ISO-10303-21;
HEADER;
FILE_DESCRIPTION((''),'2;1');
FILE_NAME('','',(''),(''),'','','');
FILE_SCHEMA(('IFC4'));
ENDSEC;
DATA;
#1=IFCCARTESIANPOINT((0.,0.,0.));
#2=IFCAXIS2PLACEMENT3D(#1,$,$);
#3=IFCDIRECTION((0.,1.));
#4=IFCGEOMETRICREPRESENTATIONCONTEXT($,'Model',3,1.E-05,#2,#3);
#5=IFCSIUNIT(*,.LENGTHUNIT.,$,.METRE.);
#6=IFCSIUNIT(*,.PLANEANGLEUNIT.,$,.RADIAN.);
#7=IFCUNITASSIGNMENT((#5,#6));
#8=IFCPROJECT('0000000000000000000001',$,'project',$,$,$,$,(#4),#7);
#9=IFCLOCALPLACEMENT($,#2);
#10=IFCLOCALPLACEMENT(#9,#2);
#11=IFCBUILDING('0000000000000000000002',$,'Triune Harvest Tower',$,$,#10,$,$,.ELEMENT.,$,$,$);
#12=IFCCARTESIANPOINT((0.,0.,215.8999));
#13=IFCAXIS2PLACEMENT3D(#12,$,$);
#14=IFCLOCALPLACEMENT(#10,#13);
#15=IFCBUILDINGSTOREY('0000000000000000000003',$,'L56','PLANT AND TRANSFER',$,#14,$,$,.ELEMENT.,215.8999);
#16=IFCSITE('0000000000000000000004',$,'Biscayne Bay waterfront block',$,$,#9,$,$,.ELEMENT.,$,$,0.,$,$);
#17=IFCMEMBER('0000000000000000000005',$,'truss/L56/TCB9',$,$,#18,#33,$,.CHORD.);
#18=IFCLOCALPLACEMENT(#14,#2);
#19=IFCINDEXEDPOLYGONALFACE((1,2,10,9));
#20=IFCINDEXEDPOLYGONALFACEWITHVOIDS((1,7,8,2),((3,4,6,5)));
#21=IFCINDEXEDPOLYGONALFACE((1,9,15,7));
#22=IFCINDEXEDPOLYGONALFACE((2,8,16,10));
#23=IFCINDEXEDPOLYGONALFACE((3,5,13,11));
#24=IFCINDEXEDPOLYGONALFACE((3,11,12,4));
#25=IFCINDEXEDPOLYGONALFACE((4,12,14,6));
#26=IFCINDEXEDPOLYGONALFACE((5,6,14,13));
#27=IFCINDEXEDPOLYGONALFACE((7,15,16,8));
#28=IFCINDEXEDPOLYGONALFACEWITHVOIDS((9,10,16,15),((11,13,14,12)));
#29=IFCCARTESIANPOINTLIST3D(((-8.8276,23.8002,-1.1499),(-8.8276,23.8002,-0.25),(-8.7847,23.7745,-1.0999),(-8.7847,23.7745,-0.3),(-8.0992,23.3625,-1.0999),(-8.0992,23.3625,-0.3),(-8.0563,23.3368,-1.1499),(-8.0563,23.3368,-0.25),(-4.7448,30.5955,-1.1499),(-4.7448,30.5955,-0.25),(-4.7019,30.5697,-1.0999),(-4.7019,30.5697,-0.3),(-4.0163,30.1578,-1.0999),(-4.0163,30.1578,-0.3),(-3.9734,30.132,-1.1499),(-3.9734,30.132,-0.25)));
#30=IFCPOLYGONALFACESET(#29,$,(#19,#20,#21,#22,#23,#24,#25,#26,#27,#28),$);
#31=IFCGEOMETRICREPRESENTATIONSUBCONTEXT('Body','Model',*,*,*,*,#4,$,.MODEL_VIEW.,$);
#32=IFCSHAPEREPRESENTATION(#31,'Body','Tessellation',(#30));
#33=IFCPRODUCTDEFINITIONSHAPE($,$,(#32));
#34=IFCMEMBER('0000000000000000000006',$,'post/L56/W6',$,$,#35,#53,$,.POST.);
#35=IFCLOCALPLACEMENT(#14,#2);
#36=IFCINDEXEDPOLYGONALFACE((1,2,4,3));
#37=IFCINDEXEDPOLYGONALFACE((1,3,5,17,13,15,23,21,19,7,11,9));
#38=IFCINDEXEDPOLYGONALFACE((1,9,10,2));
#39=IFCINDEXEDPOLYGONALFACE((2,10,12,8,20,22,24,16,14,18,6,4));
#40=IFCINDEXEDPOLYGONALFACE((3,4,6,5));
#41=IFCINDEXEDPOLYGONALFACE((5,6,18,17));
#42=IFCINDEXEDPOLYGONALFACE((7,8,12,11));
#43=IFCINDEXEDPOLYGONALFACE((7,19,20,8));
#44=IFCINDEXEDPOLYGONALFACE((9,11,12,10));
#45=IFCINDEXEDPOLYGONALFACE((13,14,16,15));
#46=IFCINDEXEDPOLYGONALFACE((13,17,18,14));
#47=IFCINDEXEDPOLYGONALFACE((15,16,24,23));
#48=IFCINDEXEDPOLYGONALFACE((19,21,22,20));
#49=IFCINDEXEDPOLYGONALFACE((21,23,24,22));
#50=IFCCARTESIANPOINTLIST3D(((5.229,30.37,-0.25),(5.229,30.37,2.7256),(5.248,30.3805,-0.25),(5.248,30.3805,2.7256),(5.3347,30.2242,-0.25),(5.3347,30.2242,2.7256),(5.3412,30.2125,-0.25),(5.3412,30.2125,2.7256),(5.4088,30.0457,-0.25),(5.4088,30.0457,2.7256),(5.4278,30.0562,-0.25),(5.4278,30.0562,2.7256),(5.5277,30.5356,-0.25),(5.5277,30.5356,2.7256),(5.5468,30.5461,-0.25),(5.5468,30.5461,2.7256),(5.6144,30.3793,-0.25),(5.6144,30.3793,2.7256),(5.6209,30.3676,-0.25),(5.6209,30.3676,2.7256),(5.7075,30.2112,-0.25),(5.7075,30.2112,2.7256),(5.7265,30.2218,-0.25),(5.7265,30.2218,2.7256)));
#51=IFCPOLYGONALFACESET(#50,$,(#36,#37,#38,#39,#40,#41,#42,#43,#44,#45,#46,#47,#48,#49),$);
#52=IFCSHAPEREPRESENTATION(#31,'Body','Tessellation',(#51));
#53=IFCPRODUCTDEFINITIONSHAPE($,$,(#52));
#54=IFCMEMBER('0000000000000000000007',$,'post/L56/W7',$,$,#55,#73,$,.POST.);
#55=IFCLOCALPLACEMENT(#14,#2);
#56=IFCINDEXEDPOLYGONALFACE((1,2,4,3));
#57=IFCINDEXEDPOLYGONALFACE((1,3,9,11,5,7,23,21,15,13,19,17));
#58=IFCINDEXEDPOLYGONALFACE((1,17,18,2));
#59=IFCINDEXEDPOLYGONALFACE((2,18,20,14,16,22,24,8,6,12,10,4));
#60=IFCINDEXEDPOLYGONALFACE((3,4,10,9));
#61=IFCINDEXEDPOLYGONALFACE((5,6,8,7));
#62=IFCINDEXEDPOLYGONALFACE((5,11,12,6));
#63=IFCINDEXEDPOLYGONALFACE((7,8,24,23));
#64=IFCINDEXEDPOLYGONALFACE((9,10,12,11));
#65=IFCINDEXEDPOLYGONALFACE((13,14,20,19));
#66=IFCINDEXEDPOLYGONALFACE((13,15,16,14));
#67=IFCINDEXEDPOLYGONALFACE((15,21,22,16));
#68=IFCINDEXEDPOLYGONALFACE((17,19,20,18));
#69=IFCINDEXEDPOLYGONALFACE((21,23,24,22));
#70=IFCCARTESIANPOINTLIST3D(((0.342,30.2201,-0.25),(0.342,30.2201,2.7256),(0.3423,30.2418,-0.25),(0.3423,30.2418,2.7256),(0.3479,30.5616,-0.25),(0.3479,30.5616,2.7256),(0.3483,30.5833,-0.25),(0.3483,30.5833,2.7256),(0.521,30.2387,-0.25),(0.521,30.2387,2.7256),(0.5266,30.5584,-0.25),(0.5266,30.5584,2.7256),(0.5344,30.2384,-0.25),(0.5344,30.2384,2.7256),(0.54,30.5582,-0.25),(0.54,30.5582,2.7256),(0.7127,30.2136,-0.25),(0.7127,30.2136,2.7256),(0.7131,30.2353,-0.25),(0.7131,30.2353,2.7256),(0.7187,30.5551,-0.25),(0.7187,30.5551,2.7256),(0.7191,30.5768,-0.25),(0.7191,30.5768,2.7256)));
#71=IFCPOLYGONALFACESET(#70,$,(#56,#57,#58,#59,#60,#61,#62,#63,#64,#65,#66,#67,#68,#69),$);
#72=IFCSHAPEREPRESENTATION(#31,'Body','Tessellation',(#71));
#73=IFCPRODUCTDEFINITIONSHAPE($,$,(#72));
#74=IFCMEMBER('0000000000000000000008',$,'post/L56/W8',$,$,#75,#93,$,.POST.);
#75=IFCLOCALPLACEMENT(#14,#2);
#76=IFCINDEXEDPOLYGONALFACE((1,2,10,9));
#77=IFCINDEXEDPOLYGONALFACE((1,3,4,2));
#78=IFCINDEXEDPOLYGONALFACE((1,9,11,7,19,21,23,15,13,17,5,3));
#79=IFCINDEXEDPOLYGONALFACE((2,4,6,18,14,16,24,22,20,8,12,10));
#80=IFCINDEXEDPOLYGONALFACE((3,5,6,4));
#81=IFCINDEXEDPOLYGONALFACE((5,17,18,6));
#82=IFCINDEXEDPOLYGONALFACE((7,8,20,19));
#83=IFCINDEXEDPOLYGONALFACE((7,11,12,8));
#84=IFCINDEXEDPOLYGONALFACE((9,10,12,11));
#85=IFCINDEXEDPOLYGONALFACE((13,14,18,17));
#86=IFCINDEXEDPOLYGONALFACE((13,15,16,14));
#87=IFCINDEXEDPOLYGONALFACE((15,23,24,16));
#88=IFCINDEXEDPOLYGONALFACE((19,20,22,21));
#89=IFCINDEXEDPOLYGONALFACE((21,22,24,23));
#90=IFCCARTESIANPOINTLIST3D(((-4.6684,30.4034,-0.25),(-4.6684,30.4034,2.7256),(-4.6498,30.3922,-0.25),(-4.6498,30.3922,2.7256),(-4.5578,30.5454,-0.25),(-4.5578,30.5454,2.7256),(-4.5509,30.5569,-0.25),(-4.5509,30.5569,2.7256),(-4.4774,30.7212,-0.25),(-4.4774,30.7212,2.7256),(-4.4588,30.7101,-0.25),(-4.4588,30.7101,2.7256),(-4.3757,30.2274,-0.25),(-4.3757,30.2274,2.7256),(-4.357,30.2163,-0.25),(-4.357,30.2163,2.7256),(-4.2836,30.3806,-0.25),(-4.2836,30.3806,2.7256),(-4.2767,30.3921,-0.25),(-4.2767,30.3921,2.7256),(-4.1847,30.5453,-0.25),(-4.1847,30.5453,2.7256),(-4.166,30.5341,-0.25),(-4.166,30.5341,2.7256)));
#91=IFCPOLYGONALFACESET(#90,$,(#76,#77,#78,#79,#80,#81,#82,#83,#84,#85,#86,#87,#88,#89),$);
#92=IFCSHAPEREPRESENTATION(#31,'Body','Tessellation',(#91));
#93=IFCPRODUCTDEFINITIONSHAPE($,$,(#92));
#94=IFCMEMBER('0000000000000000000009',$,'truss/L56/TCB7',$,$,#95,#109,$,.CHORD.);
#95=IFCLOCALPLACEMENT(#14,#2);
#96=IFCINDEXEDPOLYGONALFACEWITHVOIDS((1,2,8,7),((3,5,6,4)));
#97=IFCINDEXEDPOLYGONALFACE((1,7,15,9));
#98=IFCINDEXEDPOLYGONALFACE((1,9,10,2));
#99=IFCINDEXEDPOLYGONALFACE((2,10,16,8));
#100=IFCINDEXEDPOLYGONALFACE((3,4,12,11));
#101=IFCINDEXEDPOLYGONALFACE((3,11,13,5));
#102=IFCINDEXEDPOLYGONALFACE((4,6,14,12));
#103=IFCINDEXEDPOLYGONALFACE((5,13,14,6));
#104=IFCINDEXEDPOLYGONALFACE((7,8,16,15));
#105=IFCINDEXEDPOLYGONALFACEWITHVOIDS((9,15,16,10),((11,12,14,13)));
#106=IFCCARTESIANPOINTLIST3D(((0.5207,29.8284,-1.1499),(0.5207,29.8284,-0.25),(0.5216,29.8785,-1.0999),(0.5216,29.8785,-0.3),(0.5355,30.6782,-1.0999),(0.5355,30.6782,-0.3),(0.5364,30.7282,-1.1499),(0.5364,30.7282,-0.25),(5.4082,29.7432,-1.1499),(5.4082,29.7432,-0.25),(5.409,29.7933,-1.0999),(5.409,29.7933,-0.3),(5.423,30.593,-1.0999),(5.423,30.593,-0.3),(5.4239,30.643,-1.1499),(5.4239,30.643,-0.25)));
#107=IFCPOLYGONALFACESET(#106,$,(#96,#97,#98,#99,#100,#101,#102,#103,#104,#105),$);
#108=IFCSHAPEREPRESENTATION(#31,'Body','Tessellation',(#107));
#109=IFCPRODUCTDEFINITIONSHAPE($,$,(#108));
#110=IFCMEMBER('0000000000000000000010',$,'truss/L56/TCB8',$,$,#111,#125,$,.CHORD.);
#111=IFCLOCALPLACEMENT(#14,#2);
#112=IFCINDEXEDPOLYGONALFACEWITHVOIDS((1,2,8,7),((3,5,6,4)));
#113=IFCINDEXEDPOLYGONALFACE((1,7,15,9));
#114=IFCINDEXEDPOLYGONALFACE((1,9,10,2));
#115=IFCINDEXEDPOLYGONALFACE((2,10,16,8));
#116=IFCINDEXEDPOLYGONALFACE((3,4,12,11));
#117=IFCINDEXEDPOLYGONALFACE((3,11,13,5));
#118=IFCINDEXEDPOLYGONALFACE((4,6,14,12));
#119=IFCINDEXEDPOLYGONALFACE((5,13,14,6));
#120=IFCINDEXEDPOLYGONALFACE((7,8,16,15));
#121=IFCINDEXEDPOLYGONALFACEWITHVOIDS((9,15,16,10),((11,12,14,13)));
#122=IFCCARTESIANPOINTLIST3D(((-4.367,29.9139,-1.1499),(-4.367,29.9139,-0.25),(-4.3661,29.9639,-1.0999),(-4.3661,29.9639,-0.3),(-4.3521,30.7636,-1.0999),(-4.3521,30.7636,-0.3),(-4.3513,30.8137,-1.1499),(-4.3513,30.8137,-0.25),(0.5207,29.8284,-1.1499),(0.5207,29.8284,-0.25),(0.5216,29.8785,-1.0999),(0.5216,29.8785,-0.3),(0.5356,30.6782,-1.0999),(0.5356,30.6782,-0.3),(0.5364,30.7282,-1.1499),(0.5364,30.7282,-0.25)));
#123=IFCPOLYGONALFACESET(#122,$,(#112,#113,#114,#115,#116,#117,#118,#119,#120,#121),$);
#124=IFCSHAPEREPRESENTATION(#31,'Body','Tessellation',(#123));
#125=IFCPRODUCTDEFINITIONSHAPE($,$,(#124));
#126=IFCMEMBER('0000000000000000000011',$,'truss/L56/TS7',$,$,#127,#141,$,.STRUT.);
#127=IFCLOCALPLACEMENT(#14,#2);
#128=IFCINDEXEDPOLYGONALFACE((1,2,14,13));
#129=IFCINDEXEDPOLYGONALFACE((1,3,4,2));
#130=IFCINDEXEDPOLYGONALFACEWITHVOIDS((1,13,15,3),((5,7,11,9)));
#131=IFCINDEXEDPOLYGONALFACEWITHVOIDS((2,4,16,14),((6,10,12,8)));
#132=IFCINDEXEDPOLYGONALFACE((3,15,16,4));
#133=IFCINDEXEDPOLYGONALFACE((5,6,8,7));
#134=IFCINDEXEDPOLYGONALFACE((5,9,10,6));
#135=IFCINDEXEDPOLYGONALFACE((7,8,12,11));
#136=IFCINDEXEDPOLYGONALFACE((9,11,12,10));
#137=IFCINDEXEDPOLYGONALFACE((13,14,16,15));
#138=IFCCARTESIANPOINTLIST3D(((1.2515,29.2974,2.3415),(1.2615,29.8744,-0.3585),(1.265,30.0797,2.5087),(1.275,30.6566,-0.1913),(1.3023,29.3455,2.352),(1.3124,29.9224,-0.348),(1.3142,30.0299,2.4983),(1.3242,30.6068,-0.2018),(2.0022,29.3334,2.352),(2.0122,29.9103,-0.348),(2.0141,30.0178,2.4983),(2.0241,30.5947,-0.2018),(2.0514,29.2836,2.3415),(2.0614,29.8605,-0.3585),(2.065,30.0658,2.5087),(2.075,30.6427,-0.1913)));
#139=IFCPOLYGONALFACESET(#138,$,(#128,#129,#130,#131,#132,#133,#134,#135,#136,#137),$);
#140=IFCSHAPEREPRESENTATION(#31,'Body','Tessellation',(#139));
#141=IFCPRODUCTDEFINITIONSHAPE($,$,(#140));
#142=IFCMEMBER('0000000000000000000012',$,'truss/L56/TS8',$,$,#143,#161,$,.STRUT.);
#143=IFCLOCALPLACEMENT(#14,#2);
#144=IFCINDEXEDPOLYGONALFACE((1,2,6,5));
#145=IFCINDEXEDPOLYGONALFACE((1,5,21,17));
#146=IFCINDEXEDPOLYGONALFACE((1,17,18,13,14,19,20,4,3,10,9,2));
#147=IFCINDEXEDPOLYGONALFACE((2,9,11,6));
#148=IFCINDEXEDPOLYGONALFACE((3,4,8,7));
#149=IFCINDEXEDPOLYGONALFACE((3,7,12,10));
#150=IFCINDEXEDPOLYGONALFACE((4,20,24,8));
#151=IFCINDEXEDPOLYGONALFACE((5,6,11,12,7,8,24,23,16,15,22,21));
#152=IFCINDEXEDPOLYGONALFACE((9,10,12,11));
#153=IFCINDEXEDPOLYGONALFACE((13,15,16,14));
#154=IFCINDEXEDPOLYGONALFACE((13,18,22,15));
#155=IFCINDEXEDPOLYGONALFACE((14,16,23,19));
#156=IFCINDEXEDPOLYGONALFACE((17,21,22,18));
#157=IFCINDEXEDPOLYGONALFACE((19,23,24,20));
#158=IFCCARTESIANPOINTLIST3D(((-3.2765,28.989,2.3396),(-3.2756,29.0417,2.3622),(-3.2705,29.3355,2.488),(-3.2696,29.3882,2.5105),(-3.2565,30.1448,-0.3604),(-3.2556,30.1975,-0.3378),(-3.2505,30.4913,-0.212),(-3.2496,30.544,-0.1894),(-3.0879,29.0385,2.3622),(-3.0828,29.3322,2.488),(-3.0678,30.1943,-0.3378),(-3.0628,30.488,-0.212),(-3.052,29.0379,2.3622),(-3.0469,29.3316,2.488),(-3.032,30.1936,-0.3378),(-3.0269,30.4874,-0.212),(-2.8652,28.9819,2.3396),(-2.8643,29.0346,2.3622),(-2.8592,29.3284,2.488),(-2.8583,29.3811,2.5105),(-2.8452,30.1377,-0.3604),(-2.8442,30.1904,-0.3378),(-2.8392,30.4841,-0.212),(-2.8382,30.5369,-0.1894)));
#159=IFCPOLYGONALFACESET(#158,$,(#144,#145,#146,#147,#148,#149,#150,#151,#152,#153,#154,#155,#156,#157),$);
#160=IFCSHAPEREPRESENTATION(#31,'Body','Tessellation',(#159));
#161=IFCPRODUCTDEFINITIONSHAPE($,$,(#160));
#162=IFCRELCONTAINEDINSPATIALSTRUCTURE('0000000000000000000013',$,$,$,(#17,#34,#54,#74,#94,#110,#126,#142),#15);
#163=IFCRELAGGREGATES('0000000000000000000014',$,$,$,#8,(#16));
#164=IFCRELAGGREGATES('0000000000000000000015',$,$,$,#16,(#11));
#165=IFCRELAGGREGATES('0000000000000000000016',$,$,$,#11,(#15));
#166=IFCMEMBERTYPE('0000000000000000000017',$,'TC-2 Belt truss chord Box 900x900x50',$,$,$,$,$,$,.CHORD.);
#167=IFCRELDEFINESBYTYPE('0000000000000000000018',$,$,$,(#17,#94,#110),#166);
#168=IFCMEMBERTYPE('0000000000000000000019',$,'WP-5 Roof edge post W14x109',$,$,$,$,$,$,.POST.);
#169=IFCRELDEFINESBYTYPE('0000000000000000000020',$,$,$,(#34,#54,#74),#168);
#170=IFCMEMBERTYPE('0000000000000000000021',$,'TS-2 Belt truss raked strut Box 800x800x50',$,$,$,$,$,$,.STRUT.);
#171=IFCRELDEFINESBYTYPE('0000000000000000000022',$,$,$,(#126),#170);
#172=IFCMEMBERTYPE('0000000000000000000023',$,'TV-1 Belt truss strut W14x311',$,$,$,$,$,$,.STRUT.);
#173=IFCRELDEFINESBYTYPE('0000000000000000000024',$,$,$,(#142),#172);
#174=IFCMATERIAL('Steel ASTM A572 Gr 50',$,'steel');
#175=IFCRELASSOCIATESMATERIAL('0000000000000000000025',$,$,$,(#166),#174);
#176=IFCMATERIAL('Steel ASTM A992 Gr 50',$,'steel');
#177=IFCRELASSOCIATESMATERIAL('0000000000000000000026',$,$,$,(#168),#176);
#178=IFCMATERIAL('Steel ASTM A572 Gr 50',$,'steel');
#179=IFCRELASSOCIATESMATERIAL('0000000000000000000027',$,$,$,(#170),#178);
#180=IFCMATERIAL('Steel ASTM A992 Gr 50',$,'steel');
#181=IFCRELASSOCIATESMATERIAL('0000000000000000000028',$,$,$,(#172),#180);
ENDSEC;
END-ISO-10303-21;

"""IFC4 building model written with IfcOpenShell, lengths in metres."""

from ifc_helpers import new_model, si_unit, direction, frame, origin, origin_2d, place, context, subcontext, project, spatial, hollow_rectangle, i_section, extrude, source, transform, mapped, material, material_profile, profile_set, type_object, element, save


model = new_model("IFC4")

# Units and contexts
model_context = context("Model", 3, precision=1e-05, world=origin(), true_north=direction((0.0, 1.0)))
body_context = subcontext(model_context, "Body", "Model", "MODEL_VIEW")
ifc_project = project(units=[si_unit("LENGTHUNIT", "METRE"), si_unit("PLANEANGLEUNIT", "RADIAN")], contexts=[model_context])

# Site, building, storey
site_placement = place(None, origin())
site = spatial("IfcSite", under=ifc_project, at=site_placement, Name="Biscayne Bay waterfront block", CompositionType="ELEMENT", RefElevation=0.0)
building_placement = place(site_placement, origin())
building = spatial("IfcBuilding", under=site, at=building_placement, Name="Triune Harvest Tower", CompositionType="ELEMENT")
storey_placement = place(building_placement, frame((0.0, 0.0, 215.8999)))
storey = spatial("IfcBuildingStorey", under=building, at=storey_placement, Name="L56", Description="PLANT AND TRANSFER", CompositionType="ELEMENT", Elevation=215.8999)

# Members
ifc_material_1 = material(Name="Steel ASTM A572 Gr 50", Category="steel")
ifc_material_profile_1 = material_profile(ifc_material_1, hollow_rectangle(XDim=0.8999, YDim=0.8999, WallThickness=0.05, at=origin_2d()), Name="Box 900x900x50")
ifc_profile_set_1 = profile_set([ifc_material_profile_1], Name="Steel ASTM A572 Gr 50")
member_type_1 = type_object("IfcMemberType", Name="TC-2 Belt truss chord Box 900x900x50", PredefinedType="CHORD", material=ifc_profile_set_1)
member_1_placement = place(storey_placement, frame((-4.3591, 30.3638, -0.7), z_axis=(-0.515021, -0.857178, 0.0), x_axis=(0.857178, -0.515021, 0.0)))
element("IfcMember", 1, at=member_1_placement, inside=storey, type_object=member_type_1, Name="truss/L56/TCB9", PredefinedType="CHORD", context=body_context, shape_type="SweptSolid", body=[
    extrude(hollow_rectangle(XDim=0.8999, YDim=0.8999, WallThickness=0.05, at=origin_2d()), origin(), (0.0, 0.0, 1.0), 7.9275),
])
ifc_material_2 = material(Name="Steel ASTM A992 Gr 50", Category="steel")
ifc_material_profile_2 = material_profile(ifc_material_2, i_section(OverallWidth=0.3708, OverallDepth=0.3633, WebThickness=0.0134, FlangeThickness=0.0217, at=origin_2d()), Name="W14x109")
ifc_profile_set_2 = profile_set([ifc_material_profile_2], Name="Steel ASTM A992 Gr 50")
member_type_2 = type_object("IfcMemberType", Name="WP-5 Roof edge post W14x109", PredefinedType="POST", material=ifc_profile_set_2)
shared_shape_1 = source(origin(), body_context, "Body", "SweptSolid", [
    extrude(i_section(OverallWidth=0.3708, OverallDepth=0.3633, WebThickness=0.0134, FlangeThickness=0.0217, at=origin_2d()), origin(), (0.0, 0.0, 1.0), 2.9756),
])
for number, where, z_axis, x_axis, name in (
    (2, (5.4778, 30.2959, -0.25), (0.0, 0.0, 1.0), (-0.48481, 0.87462, 0.0), "post/L56/W6"),
    (3, (0.5305, 30.3984, -0.25), (0.0, 0.0, 1.0), (-0.999848, 0.017451, 0.0), "post/L56/W7"),
    (4, (-4.4172, 30.4688, -0.25), (0.0, 0.0, 1.0), (-0.515037, -0.857168, 0.0), "post/L56/W8"),
):
    element("IfcMember", number, at=place(storey_placement, frame(where, z_axis=z_axis, x_axis=x_axis)), inside=storey, type_object=member_type_2, Name=name, PredefinedType="POST", context=body_context, shape_type="MappedRepresentation", body=[
        mapped(shared_shape_1, transform((0.0, 0.0, 0.0), scale=1.0)),
    ])
shared_shape_2 = source(origin(), body_context, "Body", "SweptSolid", [
    extrude(hollow_rectangle(XDim=0.8999, YDim=0.8999, WallThickness=0.05, at=origin_2d()), origin(), (0.0, 0.0, 1.0), 4.8882),
])
member_2_placement = place(storey_placement, frame((5.416, 30.1931, -0.7), z_axis=(-0.999848, 0.017431, 0.0), x_axis=(-0.017431, -0.999848, 0.0)))
element("IfcMember", 5, at=member_2_placement, inside=storey, type_object=member_type_1, Name="truss/L56/TCB7", PredefinedType="CHORD", context=body_context, shape_type="MappedRepresentation", body=[
    mapped(shared_shape_2, transform((0.0, 0.0, 0.0), scale=1.0)),
])
shared_shape_3 = source(origin(), body_context, "Body", "SweptSolid", [
    extrude(hollow_rectangle(XDim=0.8999, YDim=0.8999, WallThickness=0.05, at=origin_2d()), origin(), (0.0, 0.0, 1.0), 4.8884),
])
member_3_placement = place(storey_placement, frame((0.5286, 30.2783, -0.7), z_axis=(-0.999847, 0.01748, 0.0), x_axis=(-0.01748, -0.999847, 0.0)))
element("IfcMember", 6, at=member_3_placement, inside=storey, type_object=member_type_1, Name="truss/L56/TCB8", PredefinedType="CHORD", context=body_context, shape_type="MappedRepresentation", body=[
    mapped(shared_shape_3, transform((0.0, 0.0, 0.0), scale=1.0)),
])
ifc_material_3 = material(Name="Steel ASTM A572 Gr 50", Category="steel")
ifc_material_profile_3 = material_profile(ifc_material_3, hollow_rectangle(XDim=0.8, YDim=0.8, WallThickness=0.05, at=origin_2d()), Name="Box 800x800x50")
ifc_profile_set_3 = profile_set([ifc_material_profile_3], Name="Steel ASTM A572 Gr 50")
member_type_3 = type_object("IfcMemberType", Name="TS-2 Belt truss raked strut Box 800x800x50", PredefinedType="STRUT", material=ifc_profile_set_3)
shared_shape_4 = source(origin(), body_context, "Body", "SweptSolid", [
    extrude(hollow_rectangle(XDim=0.8, YDim=0.8, WallThickness=0.05, at=origin_2d()), origin(), (0.0, 0.0, 1.0), 2.761),
])
member_4_placement = place(storey_placement, frame((1.6682, 30.2585, -0.2749), z_axis=(-0.003626, -0.208954, 0.977919), x_axis=(0.99985, -0.017348, 0.0)))
element("IfcMember", 7, at=member_4_placement, inside=storey, type_object=member_type_3, Name="truss/L56/TS7", PredefinedType="STRUT", context=body_context, shape_type="MappedRepresentation", body=[
    mapped(shared_shape_4, transform((0.0, 0.0, 0.0), scale=1.0)),
])
ifc_material_4 = material(Name="Steel ASTM A992 Gr 50", Category="steel")
ifc_material_profile_4 = material_profile(ifc_material_4, i_section(OverallWidth=0.4114, OverallDepth=0.4343, WebThickness=0.0359, FlangeThickness=0.0574, at=origin_2d()), Name="W14x311")
ifc_profile_set_4 = profile_set([ifc_material_profile_4], Name="Steel ASTM A992 Gr 50")
member_type_4 = type_object("IfcMemberType", Name="TV-1 Belt truss strut W14x311", PredefinedType="STRUT", material=ifc_profile_set_4)
shared_shape_5 = source(origin(), body_context, "Body", "SweptSolid", [
    extrude(i_section(OverallWidth=0.4114, OverallDepth=0.4343, WebThickness=0.0359, FlangeThickness=0.0574, at=origin_2d()), origin(), (0.0, 0.0, 1.0), 2.937),
])
member_5_placement = place(storey_placement, frame((-3.0474, 30.3408, -0.2749), z_axis=(-0.006816, -0.393519, 0.919291), x_axis=(0.99985, -0.017319, 0.0)))
element("IfcMember", 8, at=member_5_placement, inside=storey, type_object=member_type_4, Name="truss/L56/TS8", PredefinedType="STRUT", context=body_context, shape_type="MappedRepresentation", body=[
    mapped(shared_shape_5, transform((0.0, 0.0, 0.0), scale=1.0)),
])

save(model, "model.ifc")
